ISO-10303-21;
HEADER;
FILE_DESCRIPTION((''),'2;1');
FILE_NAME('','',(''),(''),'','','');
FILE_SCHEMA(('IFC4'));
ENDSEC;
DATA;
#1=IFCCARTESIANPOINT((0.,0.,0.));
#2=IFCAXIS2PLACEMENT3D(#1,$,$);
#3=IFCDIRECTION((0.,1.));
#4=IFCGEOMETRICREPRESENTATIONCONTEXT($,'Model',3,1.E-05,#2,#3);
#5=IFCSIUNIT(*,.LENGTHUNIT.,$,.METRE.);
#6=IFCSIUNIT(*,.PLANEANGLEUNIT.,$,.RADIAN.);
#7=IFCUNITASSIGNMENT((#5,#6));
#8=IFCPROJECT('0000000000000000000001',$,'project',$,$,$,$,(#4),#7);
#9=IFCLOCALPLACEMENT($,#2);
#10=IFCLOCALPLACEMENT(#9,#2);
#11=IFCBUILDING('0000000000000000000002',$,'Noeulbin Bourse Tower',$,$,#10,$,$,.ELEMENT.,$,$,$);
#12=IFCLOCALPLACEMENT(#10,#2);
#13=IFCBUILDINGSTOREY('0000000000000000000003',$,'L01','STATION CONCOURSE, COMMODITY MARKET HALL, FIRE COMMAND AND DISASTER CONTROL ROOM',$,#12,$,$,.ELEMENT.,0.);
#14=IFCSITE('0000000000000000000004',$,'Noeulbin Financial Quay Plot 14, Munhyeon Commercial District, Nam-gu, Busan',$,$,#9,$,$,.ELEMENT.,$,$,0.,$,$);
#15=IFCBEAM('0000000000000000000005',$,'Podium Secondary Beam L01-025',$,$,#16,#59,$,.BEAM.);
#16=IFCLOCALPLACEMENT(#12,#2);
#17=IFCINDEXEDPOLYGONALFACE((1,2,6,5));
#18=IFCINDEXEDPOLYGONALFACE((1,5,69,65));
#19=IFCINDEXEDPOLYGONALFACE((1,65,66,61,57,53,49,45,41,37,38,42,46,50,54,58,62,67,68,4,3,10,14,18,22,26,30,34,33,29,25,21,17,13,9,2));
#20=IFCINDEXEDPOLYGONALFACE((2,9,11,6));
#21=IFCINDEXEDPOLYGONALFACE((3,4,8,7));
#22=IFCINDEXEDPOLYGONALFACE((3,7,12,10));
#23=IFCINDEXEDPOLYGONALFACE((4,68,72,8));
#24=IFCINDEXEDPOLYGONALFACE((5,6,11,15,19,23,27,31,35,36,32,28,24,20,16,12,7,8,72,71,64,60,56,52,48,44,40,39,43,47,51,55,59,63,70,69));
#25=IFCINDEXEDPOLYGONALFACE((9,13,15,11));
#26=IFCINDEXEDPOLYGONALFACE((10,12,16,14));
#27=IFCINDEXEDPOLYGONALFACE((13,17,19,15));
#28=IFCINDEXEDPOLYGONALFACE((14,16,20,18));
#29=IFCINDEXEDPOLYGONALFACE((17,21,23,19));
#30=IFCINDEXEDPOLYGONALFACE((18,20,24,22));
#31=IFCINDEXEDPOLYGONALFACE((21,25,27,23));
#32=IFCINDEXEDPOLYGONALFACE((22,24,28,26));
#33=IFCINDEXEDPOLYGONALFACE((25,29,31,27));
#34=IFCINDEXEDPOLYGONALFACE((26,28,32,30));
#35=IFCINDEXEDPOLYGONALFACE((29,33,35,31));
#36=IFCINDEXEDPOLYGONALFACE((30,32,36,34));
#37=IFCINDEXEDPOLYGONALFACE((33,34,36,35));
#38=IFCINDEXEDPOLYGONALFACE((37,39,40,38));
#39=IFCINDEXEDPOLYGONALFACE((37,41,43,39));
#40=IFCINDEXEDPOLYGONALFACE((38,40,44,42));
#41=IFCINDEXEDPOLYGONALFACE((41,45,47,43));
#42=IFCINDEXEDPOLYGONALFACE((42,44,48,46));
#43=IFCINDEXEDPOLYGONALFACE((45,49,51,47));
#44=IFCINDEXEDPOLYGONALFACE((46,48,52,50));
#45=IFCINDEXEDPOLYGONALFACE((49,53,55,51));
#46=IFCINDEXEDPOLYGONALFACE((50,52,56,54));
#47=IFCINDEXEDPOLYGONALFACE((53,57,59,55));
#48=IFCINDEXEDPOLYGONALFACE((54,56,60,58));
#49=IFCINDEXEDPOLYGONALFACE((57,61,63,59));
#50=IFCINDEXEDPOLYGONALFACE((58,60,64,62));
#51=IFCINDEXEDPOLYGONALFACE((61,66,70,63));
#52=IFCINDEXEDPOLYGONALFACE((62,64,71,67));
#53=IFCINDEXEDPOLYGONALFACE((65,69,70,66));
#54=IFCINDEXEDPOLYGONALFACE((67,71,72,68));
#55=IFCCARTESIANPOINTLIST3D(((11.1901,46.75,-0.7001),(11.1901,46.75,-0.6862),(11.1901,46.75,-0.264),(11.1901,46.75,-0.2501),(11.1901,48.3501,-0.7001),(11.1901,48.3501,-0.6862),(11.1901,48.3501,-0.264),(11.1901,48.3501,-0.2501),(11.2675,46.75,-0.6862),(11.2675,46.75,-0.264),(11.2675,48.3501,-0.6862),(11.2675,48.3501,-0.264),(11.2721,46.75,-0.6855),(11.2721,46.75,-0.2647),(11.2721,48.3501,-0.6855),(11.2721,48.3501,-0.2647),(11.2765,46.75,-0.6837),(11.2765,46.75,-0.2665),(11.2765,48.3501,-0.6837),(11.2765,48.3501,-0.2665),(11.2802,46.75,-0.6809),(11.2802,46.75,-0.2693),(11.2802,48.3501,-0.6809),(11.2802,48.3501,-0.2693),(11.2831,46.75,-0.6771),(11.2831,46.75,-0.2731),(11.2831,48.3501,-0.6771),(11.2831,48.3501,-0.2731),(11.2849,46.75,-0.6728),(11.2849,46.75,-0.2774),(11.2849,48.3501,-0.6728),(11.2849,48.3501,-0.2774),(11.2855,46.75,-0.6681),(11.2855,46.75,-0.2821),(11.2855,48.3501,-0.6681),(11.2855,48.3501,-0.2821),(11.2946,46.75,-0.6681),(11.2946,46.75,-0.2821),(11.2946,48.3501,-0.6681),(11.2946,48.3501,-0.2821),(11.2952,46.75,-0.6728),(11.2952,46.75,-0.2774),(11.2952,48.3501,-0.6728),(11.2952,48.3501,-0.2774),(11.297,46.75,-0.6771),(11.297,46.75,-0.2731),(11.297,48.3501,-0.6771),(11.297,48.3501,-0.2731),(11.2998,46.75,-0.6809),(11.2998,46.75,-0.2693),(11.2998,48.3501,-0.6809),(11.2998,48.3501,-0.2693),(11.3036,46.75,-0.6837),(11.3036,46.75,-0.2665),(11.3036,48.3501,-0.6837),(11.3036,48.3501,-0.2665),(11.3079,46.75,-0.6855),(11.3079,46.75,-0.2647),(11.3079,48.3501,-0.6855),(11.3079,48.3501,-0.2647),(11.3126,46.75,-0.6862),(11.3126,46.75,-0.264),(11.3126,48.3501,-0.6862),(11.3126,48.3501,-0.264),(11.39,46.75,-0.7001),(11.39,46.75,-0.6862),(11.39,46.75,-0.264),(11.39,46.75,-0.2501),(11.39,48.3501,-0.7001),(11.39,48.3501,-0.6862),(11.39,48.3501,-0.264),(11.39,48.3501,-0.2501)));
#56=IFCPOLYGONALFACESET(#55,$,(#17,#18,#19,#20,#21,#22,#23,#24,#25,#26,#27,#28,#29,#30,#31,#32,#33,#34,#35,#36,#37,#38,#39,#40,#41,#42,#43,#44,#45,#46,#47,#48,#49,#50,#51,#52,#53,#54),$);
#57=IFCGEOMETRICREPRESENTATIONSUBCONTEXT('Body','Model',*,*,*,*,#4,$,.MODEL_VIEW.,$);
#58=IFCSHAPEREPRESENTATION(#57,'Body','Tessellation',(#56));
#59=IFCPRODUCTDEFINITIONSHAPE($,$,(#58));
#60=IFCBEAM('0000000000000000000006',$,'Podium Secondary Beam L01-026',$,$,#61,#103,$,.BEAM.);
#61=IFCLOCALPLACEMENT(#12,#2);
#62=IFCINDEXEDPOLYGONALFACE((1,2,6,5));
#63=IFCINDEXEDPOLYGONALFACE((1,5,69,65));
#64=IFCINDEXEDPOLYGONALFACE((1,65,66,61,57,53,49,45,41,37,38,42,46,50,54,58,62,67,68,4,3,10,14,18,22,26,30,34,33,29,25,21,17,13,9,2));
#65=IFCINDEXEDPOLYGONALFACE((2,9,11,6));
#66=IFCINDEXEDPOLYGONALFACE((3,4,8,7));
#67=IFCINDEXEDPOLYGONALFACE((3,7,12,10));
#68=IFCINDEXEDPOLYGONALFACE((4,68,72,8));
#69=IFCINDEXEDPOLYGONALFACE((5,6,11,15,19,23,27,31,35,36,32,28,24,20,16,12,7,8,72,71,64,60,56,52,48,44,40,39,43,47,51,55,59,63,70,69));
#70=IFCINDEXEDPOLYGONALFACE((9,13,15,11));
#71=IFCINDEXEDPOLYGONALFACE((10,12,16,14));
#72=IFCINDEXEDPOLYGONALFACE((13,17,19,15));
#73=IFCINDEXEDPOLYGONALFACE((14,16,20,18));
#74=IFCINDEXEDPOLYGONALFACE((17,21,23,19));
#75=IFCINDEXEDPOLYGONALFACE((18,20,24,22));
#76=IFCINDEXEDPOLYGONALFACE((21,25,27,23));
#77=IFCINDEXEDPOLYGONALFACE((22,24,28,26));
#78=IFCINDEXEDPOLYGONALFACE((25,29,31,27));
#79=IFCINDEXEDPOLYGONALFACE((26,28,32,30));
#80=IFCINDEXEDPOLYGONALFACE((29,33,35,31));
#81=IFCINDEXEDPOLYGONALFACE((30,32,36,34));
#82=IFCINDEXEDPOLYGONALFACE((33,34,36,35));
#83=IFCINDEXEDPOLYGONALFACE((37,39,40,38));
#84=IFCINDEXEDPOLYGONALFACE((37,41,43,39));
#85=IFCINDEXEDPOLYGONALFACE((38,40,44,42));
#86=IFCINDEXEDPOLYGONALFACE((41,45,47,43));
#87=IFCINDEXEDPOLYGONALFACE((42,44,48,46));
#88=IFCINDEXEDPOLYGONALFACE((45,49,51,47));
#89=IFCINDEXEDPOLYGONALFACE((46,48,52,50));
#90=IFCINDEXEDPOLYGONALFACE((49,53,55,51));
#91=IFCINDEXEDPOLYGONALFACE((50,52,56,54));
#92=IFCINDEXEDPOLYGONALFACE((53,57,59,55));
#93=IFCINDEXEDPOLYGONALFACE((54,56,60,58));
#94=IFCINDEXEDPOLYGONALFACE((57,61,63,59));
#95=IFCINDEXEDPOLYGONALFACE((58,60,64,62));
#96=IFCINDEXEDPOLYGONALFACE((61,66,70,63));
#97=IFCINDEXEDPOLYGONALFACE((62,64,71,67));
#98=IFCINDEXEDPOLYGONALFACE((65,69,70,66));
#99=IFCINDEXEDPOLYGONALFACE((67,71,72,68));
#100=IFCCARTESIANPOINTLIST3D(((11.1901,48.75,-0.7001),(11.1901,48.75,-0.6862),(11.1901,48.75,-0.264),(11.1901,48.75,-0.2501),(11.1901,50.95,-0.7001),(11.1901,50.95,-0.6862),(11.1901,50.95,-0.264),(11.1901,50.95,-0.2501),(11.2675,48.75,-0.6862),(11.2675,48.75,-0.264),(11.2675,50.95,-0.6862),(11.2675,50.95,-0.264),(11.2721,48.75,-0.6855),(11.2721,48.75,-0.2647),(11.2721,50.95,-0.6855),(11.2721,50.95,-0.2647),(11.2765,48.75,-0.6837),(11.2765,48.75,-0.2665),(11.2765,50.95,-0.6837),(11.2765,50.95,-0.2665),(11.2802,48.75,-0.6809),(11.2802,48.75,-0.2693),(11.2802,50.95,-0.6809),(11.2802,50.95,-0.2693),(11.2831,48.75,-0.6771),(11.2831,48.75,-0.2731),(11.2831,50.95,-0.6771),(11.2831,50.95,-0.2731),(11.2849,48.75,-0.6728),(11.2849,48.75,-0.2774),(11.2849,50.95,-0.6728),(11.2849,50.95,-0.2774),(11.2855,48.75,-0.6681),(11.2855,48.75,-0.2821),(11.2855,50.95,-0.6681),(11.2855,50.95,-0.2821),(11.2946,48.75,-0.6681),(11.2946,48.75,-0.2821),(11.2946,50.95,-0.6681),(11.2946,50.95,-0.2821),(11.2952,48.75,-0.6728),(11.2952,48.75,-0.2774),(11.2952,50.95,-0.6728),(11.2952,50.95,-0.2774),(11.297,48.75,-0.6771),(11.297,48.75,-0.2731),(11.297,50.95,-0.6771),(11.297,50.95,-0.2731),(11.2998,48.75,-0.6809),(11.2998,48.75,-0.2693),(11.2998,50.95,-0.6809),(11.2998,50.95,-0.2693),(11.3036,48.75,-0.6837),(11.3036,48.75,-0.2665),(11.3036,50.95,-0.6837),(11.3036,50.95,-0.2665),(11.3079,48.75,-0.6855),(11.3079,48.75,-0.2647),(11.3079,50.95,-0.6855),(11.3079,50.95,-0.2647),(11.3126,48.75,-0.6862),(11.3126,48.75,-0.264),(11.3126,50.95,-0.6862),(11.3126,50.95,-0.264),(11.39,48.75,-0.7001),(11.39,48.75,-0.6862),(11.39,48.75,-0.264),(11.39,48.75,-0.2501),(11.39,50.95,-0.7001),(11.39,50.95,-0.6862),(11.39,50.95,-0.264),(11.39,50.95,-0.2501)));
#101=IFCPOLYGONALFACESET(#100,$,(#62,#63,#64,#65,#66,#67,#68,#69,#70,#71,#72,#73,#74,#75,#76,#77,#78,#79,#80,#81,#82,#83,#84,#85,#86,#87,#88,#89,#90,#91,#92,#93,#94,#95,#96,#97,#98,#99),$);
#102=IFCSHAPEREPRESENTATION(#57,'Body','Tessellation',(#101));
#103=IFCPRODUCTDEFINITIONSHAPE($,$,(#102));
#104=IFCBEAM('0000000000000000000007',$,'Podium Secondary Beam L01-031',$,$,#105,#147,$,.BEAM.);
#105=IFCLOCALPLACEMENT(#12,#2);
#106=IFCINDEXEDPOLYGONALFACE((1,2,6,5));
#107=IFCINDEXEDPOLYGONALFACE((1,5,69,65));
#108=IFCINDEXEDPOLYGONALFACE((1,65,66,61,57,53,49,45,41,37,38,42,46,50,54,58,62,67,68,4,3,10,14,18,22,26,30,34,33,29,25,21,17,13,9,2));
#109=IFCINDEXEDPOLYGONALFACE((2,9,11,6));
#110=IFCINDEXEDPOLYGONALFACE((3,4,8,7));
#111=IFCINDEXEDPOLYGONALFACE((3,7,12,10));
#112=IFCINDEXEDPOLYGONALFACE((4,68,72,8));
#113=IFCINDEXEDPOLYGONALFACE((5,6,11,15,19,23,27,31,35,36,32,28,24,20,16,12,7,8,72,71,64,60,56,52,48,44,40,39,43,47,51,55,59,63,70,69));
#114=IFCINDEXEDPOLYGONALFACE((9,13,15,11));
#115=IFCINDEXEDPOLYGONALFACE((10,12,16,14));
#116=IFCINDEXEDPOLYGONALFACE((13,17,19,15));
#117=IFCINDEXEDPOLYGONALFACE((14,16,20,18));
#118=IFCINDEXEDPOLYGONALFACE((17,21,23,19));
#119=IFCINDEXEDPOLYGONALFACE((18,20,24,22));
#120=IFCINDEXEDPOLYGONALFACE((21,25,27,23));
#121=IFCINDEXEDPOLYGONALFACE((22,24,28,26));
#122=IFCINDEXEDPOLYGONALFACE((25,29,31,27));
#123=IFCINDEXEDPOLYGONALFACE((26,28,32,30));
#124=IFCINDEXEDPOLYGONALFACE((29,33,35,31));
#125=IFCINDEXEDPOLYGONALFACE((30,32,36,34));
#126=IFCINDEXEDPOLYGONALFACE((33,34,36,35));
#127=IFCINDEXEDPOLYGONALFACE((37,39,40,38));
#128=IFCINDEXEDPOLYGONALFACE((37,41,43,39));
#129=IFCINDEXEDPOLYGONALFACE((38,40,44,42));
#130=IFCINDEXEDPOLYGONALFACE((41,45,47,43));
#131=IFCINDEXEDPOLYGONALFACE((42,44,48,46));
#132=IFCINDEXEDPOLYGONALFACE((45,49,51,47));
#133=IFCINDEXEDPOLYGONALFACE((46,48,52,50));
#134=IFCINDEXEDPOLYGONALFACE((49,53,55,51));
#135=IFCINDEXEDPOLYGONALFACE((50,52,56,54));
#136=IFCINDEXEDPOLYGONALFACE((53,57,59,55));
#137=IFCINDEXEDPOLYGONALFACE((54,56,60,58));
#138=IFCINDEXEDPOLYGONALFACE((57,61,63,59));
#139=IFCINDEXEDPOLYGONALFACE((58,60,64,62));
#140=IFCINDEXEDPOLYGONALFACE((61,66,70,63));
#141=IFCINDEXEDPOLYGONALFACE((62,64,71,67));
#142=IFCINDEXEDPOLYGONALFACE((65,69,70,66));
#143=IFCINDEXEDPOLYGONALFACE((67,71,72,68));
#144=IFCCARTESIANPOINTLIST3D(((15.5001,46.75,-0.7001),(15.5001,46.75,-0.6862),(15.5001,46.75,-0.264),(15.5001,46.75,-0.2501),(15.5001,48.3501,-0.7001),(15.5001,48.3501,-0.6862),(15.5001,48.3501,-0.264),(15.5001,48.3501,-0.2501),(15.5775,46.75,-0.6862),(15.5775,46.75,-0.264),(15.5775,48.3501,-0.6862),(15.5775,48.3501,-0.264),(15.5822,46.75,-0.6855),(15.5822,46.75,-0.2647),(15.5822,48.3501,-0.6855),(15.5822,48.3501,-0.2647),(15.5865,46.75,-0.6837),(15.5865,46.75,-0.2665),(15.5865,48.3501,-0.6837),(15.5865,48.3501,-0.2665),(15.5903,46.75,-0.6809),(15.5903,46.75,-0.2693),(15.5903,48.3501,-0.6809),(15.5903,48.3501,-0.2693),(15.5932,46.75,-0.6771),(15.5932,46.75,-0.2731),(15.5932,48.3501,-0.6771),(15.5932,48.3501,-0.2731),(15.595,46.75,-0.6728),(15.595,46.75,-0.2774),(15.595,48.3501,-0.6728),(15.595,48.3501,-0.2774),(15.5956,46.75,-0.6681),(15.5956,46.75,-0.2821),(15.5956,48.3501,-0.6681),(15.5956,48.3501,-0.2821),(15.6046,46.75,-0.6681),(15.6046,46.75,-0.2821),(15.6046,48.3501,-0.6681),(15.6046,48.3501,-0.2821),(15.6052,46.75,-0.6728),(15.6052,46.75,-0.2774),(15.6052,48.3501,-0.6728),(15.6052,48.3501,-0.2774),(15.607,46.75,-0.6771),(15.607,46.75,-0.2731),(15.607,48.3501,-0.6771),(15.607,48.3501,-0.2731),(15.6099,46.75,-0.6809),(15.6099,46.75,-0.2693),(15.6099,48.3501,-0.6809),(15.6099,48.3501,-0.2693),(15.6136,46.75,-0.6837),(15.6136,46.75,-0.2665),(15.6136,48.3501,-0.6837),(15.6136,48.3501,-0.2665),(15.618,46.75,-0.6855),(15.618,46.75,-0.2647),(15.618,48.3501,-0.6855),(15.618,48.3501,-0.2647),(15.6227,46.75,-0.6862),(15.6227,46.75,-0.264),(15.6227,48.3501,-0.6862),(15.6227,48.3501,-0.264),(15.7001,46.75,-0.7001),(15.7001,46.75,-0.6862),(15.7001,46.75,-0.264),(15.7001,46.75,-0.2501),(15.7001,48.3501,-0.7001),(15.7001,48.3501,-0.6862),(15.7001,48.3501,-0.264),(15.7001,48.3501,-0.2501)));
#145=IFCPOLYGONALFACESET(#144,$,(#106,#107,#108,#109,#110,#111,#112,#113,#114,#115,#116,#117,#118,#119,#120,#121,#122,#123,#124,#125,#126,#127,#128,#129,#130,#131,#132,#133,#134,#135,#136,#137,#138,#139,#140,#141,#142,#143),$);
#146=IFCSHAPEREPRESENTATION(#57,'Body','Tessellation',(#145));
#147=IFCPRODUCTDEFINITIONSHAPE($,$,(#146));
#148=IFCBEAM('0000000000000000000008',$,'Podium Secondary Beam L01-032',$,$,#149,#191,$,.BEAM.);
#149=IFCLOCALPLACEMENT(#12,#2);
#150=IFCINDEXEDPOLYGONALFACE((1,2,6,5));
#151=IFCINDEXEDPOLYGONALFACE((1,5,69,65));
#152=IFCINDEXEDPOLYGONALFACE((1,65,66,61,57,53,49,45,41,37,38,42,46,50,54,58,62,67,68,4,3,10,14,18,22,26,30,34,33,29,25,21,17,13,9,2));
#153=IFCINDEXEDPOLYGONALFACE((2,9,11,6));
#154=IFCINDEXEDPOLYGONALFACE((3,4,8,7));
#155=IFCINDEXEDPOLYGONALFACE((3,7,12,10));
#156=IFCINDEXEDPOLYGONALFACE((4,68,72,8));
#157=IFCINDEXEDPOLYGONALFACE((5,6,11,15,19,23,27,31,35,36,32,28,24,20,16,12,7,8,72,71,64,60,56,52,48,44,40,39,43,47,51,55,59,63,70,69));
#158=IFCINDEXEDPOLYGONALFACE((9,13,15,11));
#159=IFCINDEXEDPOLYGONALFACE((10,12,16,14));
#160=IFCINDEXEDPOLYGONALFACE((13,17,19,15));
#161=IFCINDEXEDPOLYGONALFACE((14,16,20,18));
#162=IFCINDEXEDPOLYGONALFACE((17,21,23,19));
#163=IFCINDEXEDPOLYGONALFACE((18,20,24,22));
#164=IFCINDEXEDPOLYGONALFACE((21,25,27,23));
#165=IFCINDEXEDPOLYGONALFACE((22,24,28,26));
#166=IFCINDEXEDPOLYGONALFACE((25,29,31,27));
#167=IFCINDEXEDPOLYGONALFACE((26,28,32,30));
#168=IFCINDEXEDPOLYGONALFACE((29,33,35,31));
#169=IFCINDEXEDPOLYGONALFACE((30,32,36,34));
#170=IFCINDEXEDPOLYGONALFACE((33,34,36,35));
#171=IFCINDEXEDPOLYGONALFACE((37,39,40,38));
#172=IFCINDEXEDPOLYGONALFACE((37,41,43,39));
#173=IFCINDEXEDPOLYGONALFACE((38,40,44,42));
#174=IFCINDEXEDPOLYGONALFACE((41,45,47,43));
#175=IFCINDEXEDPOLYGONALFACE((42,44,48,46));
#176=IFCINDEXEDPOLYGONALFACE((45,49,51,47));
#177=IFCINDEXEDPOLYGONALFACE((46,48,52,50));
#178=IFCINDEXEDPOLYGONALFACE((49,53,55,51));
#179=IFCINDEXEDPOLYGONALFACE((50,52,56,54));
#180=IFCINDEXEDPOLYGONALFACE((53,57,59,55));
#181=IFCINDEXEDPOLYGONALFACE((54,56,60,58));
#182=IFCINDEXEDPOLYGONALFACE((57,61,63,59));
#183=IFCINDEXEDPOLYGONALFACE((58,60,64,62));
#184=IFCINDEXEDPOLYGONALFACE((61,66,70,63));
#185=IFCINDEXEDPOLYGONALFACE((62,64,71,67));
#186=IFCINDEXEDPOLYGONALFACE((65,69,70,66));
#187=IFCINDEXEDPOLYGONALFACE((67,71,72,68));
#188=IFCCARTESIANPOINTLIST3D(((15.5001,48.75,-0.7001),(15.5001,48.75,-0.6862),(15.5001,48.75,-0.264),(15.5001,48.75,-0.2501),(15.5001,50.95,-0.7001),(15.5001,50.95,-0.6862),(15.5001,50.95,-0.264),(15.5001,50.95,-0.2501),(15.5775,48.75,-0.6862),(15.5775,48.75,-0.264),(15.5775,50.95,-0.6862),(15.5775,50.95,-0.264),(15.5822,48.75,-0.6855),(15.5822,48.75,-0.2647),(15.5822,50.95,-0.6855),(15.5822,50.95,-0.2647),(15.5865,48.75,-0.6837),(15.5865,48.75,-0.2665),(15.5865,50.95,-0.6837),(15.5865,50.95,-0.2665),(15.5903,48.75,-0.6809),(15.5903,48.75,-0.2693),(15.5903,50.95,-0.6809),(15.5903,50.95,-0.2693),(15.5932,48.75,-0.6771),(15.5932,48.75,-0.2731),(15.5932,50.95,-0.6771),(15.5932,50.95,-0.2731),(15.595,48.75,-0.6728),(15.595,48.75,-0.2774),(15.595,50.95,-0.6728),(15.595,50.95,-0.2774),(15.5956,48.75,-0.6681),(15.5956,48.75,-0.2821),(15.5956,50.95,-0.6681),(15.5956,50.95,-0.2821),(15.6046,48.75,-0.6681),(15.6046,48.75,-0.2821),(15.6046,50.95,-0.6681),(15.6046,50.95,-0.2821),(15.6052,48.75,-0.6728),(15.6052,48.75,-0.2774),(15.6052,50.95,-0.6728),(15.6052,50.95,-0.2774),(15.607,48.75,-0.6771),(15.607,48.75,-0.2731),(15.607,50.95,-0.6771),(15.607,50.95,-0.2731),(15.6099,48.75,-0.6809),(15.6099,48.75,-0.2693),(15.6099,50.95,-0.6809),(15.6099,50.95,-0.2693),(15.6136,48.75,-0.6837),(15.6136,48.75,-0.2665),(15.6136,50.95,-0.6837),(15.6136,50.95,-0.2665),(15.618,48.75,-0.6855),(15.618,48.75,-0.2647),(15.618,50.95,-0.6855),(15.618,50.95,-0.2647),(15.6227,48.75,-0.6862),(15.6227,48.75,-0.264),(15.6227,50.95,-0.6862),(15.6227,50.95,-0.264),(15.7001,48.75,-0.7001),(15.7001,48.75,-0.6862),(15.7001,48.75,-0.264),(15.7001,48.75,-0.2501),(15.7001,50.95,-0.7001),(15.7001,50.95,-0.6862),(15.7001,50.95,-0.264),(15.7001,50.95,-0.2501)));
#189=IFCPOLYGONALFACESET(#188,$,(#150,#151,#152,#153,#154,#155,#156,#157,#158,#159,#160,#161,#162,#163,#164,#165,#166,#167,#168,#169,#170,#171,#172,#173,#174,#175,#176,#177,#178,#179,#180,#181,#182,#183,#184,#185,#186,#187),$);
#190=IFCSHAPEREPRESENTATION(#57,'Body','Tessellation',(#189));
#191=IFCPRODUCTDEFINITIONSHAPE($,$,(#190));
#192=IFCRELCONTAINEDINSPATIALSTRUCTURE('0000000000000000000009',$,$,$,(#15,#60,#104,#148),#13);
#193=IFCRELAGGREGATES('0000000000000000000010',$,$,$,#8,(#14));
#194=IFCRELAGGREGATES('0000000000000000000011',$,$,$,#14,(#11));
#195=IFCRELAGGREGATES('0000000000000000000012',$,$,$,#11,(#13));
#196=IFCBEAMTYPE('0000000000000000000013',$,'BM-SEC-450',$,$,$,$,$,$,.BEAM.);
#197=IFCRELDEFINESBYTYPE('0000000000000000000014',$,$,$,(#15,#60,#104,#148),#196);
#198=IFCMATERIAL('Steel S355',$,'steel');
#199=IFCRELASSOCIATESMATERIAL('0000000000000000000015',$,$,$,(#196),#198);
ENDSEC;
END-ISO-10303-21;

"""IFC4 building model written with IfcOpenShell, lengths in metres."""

from ifc_helpers import new_model, si_unit, direction, frame, origin, origin_2d, place, context, subcontext, project, spatial, i_section, extrude, material, material_profile, profile_set, type_object, element, save


model = new_model("IFC4")

# Units and contexts
model_context = context("Model", 3, precision=1e-05, world=origin(), true_north=direction((0.0, 1.0)))
body_context = subcontext(model_context, "Body", "Model", "MODEL_VIEW")
ifc_project = project(units=[si_unit("LENGTHUNIT", "METRE"), si_unit("PLANEANGLEUNIT", "RADIAN")], contexts=[model_context])

# Site, building, storey
site_placement = place(None, origin())
site = spatial("IfcSite", under=ifc_project, at=site_placement, Name="Noeulbin Financial Quay Plot 14, Munhyeon Commercial District, Nam-gu, Busan", CompositionType="ELEMENT", RefElevation=0.0)
building_placement = place(site_placement, origin())
building = spatial("IfcBuilding", under=site, at=building_placement, Name="Noeulbin Bourse Tower", CompositionType="ELEMENT")
storey_placement = place(building_placement, origin())
storey = spatial("IfcBuildingStorey", under=building, at=storey_placement, Name="L01", Description="STATION CONCOURSE, COMMODITY MARKET HALL, FIRE COMMAND AND DISASTER CONTROL ROOM", CompositionType="ELEMENT", Elevation=0.0)

# Beams
ifc_material_1 = material(Name="Steel S355", Category="steel")
ifc_material_profile_1 = material_profile(ifc_material_1, i_section(OverallWidth=0.2, OverallDepth=0.45, WebThickness=0.009, FlangeThickness=0.0139, FilletRadius=0.0181, at=origin_2d()), Name="H-450x200x9x14", Category="LoadBearing")
ifc_profile_set_1 = profile_set([ifc_material_profile_1], Name="Steel S355")
beam_type_1 = type_object("IfcBeamType", Name="BM-SEC-450", PredefinedType="BEAM", material=ifc_profile_set_1)
beam_1_placement = place(storey_placement, frame((11.29, 46.75, -0.4751), z_axis=(0.0, 1.0, 0.0), x_axis=(-1.0, 0.0, 0.0)))
element("IfcBeam", 1, at=beam_1_placement, inside=storey, type_object=beam_type_1, Name="Podium Secondary Beam L01-025", PredefinedType="BEAM", context=body_context, shape_type="SweptSolid", body=[
    extrude(i_section(OverallWidth=0.2, OverallDepth=0.45, WebThickness=0.009, FlangeThickness=0.0139, FilletRadius=0.0181, at=origin_2d()), origin(), (0.0, 0.0, 1.0), 1.6001),
])
beam_2_placement = place(storey_placement, frame((11.29, 48.75, -0.4751), z_axis=(0.0, 1.0, 0.0), x_axis=(-1.0, 0.0, 0.0)))
element("IfcBeam", 2, at=beam_2_placement, inside=storey, type_object=beam_type_1, Name="Podium Secondary Beam L01-026", PredefinedType="BEAM", context=body_context, shape_type="SweptSolid", body=[
    extrude(i_section(OverallWidth=0.2, OverallDepth=0.45, WebThickness=0.009, FlangeThickness=0.0139, FilletRadius=0.0181, at=origin_2d()), origin(), (0.0, 0.0, 1.0), 2.2),
])
beam_3_placement = place(storey_placement, frame((15.6001, 46.75, -0.4751), z_axis=(0.0, 1.0, 0.0), x_axis=(-1.0, 0.0, 0.0)))
element("IfcBeam", 3, at=beam_3_placement, inside=storey, type_object=beam_type_1, Name="Podium Secondary Beam L01-031", PredefinedType="BEAM", context=body_context, shape_type="SweptSolid", body=[
    extrude(i_section(OverallWidth=0.2, OverallDepth=0.45, WebThickness=0.009, FlangeThickness=0.0139, FilletRadius=0.0181, at=origin_2d()), origin(), (0.0, 0.0, 1.0), 1.6001),
])
beam_4_placement = place(storey_placement, frame((15.6001, 48.75, -0.4751), z_axis=(0.0, 1.0, 0.0), x_axis=(-1.0, 0.0, 0.0)))
element("IfcBeam", 4, at=beam_4_placement, inside=storey, type_object=beam_type_1, Name="Podium Secondary Beam L01-032", PredefinedType="BEAM", context=body_context, shape_type="SweptSolid", body=[
    extrude(i_section(OverallWidth=0.2, OverallDepth=0.45, WebThickness=0.009, FlangeThickness=0.0139, FilletRadius=0.0181, at=origin_2d()), origin(), (0.0, 0.0, 1.0), 2.2),
])

save(model, "model.ifc")
